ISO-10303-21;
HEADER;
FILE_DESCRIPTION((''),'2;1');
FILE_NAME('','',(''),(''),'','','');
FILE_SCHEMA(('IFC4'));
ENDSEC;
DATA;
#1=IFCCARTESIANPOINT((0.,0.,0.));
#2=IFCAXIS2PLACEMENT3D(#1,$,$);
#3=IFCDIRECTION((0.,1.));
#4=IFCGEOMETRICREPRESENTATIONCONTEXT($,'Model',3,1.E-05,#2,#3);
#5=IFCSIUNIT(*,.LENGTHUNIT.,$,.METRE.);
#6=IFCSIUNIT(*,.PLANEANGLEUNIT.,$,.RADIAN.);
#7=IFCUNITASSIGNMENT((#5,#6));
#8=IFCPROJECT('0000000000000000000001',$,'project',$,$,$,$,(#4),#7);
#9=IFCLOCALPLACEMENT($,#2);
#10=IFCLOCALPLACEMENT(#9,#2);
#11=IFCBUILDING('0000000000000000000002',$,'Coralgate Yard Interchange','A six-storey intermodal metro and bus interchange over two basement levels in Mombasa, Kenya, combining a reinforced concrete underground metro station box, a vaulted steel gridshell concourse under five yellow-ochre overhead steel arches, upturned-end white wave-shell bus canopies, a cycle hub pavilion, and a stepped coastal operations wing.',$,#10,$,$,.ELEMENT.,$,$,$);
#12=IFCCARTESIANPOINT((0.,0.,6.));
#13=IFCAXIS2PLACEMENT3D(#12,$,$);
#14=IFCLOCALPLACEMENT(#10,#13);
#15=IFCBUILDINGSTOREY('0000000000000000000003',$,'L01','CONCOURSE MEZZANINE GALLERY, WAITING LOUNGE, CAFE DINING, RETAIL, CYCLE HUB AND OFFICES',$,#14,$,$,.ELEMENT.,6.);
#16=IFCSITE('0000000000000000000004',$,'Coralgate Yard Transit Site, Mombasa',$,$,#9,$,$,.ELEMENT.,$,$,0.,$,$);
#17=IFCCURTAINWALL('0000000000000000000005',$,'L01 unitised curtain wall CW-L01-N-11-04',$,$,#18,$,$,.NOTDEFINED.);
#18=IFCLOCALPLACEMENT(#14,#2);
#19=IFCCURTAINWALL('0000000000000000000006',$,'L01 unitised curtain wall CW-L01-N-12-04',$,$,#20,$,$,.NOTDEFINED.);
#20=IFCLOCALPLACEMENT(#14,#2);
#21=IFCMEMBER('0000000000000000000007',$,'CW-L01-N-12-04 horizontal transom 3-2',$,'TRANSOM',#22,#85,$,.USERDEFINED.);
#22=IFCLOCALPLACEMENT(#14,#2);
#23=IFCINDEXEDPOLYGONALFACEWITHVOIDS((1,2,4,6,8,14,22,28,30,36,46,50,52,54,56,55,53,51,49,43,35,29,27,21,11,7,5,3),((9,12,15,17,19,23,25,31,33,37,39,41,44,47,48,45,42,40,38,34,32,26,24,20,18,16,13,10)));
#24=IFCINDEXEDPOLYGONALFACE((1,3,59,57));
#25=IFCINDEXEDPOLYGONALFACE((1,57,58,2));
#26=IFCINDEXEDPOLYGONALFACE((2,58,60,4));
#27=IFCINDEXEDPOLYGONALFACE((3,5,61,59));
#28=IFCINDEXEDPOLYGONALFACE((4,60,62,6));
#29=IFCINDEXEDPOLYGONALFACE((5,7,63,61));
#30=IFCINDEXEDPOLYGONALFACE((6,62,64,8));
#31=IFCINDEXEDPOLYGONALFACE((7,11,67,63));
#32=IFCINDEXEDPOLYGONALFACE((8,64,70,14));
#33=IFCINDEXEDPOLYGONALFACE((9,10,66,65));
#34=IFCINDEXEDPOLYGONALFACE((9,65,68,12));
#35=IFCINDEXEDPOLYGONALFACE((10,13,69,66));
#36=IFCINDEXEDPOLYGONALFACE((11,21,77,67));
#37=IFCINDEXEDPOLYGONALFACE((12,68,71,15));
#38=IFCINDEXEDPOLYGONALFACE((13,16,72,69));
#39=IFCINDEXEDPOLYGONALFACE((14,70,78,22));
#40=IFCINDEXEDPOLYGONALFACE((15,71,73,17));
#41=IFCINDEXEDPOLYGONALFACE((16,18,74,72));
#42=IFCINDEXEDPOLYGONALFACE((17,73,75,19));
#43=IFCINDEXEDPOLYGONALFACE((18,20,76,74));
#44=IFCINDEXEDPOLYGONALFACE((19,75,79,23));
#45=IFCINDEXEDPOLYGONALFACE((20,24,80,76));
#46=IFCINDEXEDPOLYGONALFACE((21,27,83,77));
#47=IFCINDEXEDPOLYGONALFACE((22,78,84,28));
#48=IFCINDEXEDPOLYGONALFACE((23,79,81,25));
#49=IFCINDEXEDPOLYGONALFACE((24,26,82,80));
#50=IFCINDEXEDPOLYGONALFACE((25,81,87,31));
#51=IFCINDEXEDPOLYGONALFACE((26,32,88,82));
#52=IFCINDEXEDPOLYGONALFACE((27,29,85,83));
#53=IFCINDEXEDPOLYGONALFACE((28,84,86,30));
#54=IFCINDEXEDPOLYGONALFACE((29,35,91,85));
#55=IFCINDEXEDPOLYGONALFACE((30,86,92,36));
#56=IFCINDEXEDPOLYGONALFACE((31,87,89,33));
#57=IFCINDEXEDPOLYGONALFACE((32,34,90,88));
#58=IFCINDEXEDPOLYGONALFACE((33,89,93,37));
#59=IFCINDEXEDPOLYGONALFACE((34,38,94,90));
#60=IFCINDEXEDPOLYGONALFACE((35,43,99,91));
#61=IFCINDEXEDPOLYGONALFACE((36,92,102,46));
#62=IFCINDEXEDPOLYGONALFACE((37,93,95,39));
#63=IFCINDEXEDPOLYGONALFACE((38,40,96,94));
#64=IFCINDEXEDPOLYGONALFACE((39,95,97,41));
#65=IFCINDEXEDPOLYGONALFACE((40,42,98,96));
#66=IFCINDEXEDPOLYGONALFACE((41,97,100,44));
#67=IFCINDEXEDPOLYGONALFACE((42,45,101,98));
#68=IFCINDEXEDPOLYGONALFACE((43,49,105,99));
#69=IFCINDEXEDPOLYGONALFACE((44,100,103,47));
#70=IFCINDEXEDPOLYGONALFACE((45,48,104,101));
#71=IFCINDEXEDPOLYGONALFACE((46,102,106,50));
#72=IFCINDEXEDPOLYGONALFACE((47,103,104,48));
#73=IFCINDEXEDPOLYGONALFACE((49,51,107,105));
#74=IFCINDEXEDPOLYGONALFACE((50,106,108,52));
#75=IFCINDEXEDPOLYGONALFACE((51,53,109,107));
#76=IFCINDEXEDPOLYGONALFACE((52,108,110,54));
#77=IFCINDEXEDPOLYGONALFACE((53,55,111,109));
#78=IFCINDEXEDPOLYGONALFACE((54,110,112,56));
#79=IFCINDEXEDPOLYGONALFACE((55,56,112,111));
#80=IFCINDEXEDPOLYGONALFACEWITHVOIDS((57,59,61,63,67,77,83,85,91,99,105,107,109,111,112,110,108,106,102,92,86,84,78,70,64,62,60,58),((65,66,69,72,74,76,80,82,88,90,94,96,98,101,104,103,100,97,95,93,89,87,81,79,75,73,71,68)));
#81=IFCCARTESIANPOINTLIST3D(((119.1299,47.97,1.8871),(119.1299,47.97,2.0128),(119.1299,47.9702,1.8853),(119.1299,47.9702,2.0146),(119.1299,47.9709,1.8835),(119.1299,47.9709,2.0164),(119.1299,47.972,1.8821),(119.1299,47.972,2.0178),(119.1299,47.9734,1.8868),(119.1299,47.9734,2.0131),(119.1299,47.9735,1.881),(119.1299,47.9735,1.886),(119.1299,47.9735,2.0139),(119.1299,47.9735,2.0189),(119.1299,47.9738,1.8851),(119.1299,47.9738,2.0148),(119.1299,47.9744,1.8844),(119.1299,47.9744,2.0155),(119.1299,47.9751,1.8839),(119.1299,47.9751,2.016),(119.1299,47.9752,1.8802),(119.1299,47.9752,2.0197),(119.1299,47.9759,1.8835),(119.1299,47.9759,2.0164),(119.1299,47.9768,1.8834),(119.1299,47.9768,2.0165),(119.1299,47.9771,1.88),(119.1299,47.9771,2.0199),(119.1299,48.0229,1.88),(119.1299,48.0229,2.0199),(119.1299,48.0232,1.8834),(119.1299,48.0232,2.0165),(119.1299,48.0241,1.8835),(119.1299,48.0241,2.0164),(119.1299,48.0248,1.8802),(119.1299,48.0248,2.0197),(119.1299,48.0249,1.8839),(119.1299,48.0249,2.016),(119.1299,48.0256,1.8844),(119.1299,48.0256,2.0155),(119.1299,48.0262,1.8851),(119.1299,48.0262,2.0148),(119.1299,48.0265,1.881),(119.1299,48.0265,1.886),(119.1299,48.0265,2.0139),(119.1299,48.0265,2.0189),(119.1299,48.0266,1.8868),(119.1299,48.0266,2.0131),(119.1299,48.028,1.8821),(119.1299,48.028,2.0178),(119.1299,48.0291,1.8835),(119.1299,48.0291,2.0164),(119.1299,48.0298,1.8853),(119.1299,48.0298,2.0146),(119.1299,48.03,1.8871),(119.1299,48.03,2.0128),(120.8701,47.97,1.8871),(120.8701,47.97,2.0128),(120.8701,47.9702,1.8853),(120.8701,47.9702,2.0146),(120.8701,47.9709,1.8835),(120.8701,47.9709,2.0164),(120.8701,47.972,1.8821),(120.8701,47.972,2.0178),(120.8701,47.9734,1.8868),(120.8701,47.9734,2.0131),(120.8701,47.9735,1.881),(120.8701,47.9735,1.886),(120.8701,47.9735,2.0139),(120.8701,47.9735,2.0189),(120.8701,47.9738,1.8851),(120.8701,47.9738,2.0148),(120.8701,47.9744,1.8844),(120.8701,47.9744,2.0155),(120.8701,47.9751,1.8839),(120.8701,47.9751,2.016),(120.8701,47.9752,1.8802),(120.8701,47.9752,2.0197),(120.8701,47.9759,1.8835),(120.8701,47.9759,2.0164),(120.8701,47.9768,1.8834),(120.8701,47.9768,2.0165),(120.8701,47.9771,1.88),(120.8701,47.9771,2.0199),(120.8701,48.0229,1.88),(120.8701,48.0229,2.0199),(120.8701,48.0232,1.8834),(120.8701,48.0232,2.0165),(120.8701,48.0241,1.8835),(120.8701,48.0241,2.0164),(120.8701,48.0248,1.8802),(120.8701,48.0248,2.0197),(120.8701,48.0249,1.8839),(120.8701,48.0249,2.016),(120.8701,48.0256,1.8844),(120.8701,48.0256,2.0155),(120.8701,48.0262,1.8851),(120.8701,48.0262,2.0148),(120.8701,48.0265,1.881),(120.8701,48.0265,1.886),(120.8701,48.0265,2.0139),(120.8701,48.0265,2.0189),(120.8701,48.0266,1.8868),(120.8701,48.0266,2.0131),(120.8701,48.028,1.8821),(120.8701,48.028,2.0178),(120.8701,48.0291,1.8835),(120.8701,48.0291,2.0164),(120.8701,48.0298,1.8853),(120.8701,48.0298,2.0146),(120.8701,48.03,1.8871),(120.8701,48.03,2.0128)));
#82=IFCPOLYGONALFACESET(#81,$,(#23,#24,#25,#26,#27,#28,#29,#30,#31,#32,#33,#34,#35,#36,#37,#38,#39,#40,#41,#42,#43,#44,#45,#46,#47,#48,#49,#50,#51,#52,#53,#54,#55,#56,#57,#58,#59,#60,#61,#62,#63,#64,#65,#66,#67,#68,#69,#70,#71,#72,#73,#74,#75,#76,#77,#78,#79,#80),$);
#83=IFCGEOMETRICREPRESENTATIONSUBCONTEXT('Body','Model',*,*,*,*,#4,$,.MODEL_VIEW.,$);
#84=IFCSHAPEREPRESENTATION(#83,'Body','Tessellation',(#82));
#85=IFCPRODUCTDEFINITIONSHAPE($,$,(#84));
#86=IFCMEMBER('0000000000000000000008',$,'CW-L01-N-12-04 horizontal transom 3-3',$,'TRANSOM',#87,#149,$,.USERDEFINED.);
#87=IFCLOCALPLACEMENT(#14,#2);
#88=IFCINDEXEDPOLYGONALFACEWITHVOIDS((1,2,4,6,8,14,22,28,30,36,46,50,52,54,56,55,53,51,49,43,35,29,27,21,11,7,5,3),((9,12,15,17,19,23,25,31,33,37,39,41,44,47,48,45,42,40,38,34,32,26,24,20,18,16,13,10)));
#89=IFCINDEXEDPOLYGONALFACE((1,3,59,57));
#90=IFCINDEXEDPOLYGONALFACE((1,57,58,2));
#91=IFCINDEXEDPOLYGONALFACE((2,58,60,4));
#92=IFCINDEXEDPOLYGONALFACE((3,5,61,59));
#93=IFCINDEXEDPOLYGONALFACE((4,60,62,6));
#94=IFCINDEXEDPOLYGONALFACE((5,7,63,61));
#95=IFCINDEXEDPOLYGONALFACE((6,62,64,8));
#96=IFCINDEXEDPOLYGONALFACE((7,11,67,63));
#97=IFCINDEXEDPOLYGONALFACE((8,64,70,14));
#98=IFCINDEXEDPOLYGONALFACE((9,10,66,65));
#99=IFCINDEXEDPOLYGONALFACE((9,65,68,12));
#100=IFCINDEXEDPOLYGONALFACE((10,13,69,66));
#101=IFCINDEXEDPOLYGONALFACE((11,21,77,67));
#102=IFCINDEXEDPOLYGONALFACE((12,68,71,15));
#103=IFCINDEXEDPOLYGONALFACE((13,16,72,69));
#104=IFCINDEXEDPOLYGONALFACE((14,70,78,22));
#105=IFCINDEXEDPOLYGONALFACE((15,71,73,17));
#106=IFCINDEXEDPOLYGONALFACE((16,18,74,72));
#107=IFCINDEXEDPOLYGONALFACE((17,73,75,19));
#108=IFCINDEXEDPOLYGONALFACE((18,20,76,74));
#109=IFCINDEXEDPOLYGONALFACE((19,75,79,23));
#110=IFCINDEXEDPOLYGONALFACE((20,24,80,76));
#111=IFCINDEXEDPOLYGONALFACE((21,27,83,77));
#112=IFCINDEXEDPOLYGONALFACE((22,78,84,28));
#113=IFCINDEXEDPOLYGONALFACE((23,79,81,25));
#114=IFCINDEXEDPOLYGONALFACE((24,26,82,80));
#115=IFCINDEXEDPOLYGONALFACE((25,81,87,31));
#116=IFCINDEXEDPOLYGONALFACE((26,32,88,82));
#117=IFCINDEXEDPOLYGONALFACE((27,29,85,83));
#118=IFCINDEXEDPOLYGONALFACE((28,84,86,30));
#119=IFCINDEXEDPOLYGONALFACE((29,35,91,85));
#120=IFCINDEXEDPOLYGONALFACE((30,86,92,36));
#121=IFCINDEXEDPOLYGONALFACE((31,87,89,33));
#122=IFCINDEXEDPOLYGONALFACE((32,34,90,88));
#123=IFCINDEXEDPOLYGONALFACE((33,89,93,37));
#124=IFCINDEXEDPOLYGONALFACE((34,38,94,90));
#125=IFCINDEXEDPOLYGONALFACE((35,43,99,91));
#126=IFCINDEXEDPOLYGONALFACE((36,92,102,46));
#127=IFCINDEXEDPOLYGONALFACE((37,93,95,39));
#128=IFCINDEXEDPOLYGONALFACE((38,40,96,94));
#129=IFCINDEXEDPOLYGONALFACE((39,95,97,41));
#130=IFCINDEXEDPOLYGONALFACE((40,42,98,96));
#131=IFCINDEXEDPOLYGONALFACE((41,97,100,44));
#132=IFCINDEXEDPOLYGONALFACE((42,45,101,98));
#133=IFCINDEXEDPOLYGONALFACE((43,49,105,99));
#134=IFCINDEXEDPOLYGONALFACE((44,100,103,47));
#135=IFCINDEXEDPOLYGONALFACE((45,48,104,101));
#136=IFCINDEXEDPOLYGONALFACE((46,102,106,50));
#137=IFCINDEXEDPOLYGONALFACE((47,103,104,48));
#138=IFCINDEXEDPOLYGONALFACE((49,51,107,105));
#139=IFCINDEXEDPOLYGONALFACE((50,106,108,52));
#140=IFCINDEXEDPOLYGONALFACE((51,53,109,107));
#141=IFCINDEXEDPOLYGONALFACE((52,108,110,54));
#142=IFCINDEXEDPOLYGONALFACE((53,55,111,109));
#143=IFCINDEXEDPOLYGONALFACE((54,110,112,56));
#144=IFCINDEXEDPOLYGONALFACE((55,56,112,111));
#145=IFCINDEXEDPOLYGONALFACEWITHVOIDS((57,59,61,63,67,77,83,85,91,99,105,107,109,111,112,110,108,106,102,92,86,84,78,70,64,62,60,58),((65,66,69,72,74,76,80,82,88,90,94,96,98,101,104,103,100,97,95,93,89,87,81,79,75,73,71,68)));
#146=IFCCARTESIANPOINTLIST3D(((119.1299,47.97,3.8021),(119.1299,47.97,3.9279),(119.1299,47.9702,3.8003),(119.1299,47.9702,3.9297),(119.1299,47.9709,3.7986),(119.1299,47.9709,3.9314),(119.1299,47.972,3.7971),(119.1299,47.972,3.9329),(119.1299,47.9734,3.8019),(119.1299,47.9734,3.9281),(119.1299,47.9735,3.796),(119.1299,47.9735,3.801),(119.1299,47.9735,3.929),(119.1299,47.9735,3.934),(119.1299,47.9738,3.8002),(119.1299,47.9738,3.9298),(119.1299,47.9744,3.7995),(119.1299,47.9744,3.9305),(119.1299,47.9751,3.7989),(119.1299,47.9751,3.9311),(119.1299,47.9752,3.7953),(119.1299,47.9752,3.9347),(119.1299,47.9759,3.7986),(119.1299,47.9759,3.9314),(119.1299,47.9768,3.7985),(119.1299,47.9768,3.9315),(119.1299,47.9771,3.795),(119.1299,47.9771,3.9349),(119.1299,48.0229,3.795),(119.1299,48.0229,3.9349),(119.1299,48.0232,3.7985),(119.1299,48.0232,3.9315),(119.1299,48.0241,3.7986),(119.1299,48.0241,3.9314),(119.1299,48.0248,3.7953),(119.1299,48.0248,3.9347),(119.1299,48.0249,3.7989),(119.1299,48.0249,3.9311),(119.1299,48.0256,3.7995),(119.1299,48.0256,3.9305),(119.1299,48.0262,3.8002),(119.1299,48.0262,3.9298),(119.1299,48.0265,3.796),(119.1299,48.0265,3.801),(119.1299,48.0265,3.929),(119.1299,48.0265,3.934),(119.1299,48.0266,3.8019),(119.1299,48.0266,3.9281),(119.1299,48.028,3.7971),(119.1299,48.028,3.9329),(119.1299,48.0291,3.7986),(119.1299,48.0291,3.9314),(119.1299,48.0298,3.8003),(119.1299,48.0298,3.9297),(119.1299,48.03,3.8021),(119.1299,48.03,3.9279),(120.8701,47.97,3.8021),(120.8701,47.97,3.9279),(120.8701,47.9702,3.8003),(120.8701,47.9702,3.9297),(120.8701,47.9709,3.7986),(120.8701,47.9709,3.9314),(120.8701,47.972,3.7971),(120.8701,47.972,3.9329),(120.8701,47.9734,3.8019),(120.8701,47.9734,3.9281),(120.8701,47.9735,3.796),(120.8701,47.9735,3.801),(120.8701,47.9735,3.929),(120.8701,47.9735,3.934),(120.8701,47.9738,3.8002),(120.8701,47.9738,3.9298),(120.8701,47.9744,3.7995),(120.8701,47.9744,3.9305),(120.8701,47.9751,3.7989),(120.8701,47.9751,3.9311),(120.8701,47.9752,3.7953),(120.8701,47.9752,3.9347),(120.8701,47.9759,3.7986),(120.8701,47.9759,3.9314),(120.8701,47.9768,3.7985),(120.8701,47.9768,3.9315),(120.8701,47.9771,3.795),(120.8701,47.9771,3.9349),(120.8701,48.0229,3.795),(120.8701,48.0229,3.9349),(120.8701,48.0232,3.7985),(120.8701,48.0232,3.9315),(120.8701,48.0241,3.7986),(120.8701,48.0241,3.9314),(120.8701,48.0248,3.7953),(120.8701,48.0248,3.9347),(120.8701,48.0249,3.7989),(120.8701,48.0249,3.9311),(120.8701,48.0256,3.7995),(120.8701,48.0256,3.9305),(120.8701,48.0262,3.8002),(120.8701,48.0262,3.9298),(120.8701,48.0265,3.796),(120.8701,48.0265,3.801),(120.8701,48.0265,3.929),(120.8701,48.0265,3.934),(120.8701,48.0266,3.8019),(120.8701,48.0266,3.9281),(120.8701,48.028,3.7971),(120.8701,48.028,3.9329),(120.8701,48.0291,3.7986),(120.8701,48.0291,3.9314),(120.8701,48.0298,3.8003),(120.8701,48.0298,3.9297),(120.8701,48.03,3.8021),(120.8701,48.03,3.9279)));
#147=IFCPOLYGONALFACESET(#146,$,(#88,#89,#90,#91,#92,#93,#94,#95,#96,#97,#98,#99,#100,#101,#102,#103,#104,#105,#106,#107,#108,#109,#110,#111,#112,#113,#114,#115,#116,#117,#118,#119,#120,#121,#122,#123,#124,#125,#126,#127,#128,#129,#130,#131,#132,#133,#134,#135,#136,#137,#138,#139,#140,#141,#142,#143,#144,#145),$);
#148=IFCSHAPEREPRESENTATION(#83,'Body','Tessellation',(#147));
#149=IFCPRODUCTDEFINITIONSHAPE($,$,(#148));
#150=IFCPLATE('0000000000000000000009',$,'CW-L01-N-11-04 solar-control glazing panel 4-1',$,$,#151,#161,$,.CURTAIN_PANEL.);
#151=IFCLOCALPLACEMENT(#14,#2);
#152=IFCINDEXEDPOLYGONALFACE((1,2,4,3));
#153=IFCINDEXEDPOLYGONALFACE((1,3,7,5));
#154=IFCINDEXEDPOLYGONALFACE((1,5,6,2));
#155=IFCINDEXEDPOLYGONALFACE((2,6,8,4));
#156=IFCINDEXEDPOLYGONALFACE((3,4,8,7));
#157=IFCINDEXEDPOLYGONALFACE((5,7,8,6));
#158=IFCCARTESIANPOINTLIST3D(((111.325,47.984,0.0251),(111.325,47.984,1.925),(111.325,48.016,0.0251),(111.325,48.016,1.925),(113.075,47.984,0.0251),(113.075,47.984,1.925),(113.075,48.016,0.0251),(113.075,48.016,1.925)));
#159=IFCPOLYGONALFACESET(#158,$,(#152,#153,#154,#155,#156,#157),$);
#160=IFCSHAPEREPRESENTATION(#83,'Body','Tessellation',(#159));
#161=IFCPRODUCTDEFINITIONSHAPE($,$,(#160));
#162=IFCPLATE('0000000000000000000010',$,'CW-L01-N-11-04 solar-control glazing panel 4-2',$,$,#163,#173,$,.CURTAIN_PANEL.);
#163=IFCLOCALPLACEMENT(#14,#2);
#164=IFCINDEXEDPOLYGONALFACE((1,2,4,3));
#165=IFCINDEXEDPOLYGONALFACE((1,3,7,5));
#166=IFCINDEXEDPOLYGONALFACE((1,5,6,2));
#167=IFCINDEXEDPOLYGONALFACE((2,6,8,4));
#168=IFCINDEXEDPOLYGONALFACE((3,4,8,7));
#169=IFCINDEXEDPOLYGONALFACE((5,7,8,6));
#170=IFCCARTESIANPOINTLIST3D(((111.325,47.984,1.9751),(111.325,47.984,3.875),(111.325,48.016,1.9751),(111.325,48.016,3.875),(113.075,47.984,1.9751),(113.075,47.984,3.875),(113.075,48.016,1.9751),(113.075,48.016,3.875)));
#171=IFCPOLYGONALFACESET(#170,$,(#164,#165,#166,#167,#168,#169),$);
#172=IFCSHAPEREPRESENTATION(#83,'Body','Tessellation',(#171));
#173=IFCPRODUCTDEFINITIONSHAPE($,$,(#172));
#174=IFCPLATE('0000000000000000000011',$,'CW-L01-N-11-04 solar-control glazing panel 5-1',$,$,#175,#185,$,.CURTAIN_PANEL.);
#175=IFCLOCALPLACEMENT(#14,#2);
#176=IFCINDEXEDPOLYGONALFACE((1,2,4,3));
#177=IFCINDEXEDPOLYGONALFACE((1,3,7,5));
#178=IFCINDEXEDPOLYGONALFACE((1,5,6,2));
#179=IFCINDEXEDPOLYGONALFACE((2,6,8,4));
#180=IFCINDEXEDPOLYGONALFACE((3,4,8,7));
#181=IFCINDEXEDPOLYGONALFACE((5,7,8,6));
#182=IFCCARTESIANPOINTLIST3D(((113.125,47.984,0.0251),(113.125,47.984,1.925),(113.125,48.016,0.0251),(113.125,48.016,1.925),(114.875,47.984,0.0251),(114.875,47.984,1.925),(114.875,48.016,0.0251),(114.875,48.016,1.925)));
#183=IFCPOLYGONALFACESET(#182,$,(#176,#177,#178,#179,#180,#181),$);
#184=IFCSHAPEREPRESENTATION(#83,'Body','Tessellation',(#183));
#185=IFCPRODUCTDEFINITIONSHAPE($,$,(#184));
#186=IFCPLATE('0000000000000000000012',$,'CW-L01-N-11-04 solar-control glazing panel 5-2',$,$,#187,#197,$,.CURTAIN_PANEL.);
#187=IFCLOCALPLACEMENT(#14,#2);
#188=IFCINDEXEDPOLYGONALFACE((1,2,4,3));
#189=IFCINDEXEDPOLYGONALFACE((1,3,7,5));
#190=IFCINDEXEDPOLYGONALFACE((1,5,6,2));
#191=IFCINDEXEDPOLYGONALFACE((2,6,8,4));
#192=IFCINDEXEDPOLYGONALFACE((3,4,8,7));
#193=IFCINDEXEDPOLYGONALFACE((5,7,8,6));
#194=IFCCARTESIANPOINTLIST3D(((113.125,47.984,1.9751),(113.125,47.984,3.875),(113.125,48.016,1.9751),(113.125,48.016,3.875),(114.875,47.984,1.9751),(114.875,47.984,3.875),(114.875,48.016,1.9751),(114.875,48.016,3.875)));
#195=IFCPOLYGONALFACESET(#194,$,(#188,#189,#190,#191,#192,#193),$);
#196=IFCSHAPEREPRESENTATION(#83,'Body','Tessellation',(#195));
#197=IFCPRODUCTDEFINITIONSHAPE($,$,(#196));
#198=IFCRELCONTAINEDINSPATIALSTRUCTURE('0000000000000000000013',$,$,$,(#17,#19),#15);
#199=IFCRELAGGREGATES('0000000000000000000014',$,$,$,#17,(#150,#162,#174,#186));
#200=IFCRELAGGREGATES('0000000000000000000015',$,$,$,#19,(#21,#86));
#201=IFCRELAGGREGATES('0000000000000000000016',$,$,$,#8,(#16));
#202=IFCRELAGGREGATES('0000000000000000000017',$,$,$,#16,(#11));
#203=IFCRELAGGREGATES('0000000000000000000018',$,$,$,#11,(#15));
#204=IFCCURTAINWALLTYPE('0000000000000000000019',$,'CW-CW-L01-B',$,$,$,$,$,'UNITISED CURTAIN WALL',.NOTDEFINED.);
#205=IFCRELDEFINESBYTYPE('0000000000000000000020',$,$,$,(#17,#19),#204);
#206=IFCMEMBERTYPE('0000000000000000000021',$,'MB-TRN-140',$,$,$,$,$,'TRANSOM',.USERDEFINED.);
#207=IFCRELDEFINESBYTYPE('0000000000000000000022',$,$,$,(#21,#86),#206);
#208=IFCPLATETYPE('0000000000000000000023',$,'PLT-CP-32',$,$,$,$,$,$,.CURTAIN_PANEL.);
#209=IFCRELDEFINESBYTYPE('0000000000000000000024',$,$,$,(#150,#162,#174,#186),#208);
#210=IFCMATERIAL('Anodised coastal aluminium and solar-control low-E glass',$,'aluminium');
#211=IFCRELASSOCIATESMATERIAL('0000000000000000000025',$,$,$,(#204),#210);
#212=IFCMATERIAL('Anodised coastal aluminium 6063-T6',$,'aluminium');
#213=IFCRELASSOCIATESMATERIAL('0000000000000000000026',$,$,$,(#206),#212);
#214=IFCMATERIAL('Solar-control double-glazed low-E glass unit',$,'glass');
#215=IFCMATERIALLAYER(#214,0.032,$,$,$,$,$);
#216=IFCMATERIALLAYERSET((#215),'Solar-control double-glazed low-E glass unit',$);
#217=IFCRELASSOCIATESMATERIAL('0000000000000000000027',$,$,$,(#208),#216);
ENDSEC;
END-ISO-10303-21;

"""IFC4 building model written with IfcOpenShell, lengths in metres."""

from ifc_helpers import new_model, si_unit, direction, frame, origin, origin_2d, place, context, subcontext, project, spatial, rectangle, hollow_rectangle, extrude, material, layer, layer_set, material_profile, profile_set, type_object, element, aggregate, save


model = new_model("IFC4")

# Units and contexts
model_context = context("Model", 3, precision=1e-05, world=origin(), true_north=direction((0.0, 1.0)))
body_context = subcontext(model_context, "Body", "Model", "MODEL_VIEW")
ifc_project = project(units=[si_unit("LENGTHUNIT", "METRE"), si_unit("PLANEANGLEUNIT", "RADIAN")], contexts=[model_context])

# Site, building, storey
site_placement = place(None, origin())
site = spatial("IfcSite", under=ifc_project, at=site_placement, Name="Coralgate Yard Transit Site, Mombasa", CompositionType="ELEMENT", RefElevation=0.0)
building_placement = place(site_placement, origin())
building = spatial("IfcBuilding", under=site, at=building_placement, Name="Coralgate Yard Interchange", Description="A six-storey intermodal metro and bus interchange over two basement levels in Mombasa, Kenya, combining a reinforced concrete underground metro station box, a vaulted steel gridshell concourse under five yellow-ochre overhead steel arches, upturned-end white wave-shell bus canopies, a cycle hub pavilion, and a stepped coastal operations wing.", CompositionType="ELEMENT")
storey_placement = place(building_placement, frame((0.0, 0.0, 6.0)))
storey = spatial("IfcBuildingStorey", under=building, at=storey_placement, Name="L01", Description="CONCOURSE MEZZANINE GALLERY, WAITING LOUNGE, CAFE DINING, RETAIL, CYCLE HUB AND OFFICES", CompositionType="ELEMENT", Elevation=6.0)

# Curtain walls
ifc_material_1 = material(Name="Anodised coastal aluminium and solar-control low-E glass", Category="aluminium")
curtain_wall_type = type_object("IfcCurtainWallType", Name="CW-CW-L01-B", ElementType="UNITISED CURTAIN WALL", PredefinedType="NOTDEFINED", material=ifc_material_1)
curtain_wall_1_placement = place(storey_placement, origin())
curtain_wall_1 = element("IfcCurtainWall", 1, at=curtain_wall_1_placement, inside=storey, type_object=curtain_wall_type, Name="L01 unitised curtain wall CW-L01-N-11-04", PredefinedType="NOTDEFINED")
ifc_material_2 = material(Name="Anodised coastal aluminium 6063-T6", Category="aluminium")
curtain_wall_2_placement = place(storey_placement, origin())
curtain_wall_2 = element("IfcCurtainWall", 2, at=curtain_wall_2_placement, inside=storey, type_object=curtain_wall_type, Name="L01 unitised curtain wall CW-L01-N-12-04", PredefinedType="NOTDEFINED")

# Members
ifc_material_profile_1 = material_profile(ifc_material_2, hollow_rectangle(XDim=0.0601, YDim=0.1399, WallThickness=0.0034, InnerFilletRadius=0.0034, OuterFilletRadius=0.0071, at=origin_2d()), Name="ALU 60x140x3.5")
ifc_profile_set_1 = profile_set([ifc_material_profile_1], Name="Anodised coastal aluminium 6063-T6")
member_type_1 = type_object("IfcMemberType", Name="MB-TRN-140", ElementType="TRANSOM", PredefinedType="USERDEFINED", material=ifc_profile_set_1)
member_1_placement = place(storey_placement, frame((119.1299, 48.0, 1.95), z_axis=(1.0, 0.0, 0.0), x_axis=(0.0, 1.0, 0.0)))
member_1 = element("IfcMember", 3, at=member_1_placement, type_object=member_type_1, Name="CW-L01-N-12-04 horizontal transom 3-2", ObjectType="TRANSOM", PredefinedType="USERDEFINED", context=body_context, shape_type="SweptSolid", body=[
    extrude(hollow_rectangle(XDim=0.0601, YDim=0.1399, WallThickness=0.0034, InnerFilletRadius=0.0034, OuterFilletRadius=0.0071, at=origin_2d()), origin(), (0.0, 0.0, 1.0), 1.7402),
])
member_2_placement = place(storey_placement, frame((119.1299, 48.0, 3.865), z_axis=(1.0, 0.0, 0.0), x_axis=(0.0, 1.0, 0.0)))
member_2 = element("IfcMember", 4, at=member_2_placement, type_object=member_type_1, Name="CW-L01-N-12-04 horizontal transom 3-3", ObjectType="TRANSOM", PredefinedType="USERDEFINED", context=body_context, shape_type="SweptSolid", body=[
    extrude(hollow_rectangle(XDim=0.0601, YDim=0.1399, WallThickness=0.0034, InnerFilletRadius=0.0034, OuterFilletRadius=0.0071, at=origin_2d()), origin(), (0.0, 0.0, 1.0), 1.7402),
])

# Plates
ifc_material_3 = material(Name="Solar-control double-glazed low-E glass unit", Category="glass")
ifc_layer = layer(ifc_material_3, 0.032)
ifc_layer_set = layer_set([ifc_layer], Name="Solar-control double-glazed low-E glass unit")
plate_type = type_object("IfcPlateType", Name="PLT-CP-32", PredefinedType="CURTAIN_PANEL", material=ifc_layer_set)
plate_1_placement = place(storey_placement, frame((112.2, 48.0, 0.0251), z_axis=(0.0, 0.0, 1.0), x_axis=(1.0, 0.0, 0.0)))
plate_1 = element("IfcPlate", 5, at=plate_1_placement, type_object=plate_type, Name="CW-L01-N-11-04 solar-control glazing panel 4-1", PredefinedType="CURTAIN_PANEL", context=body_context, shape_type="SweptSolid", body=[
    extrude(rectangle(XDim=1.75, YDim=0.032, at=origin_2d()), origin(), (0.0, 0.0, 1.0), 1.8999),
])
plate_2_placement = place(storey_placement, frame((112.2, 48.0, 1.9751), z_axis=(0.0, 0.0, 1.0), x_axis=(1.0, 0.0, 0.0)))
plate_2 = element("IfcPlate", 6, at=plate_2_placement, type_object=plate_type, Name="CW-L01-N-11-04 solar-control glazing panel 4-2", PredefinedType="CURTAIN_PANEL", context=body_context, shape_type="SweptSolid", body=[
    extrude(rectangle(XDim=1.75, YDim=0.032, at=origin_2d()), origin(), (0.0, 0.0, 1.0), 1.8999),
])
plate_3_placement = place(storey_placement, frame((114.0, 48.0, 0.0251), z_axis=(0.0, 0.0, 1.0), x_axis=(1.0, 0.0, 0.0)))
plate_3 = element("IfcPlate", 7, at=plate_3_placement, type_object=plate_type, Name="CW-L01-N-11-04 solar-control glazing panel 5-1", PredefinedType="CURTAIN_PANEL", context=body_context, shape_type="SweptSolid", body=[
    extrude(rectangle(XDim=1.75, YDim=0.032, at=origin_2d()), origin(), (0.0, 0.0, 1.0), 1.8999),
])
plate_4_placement = place(storey_placement, frame((114.0, 48.0, 1.9751), z_axis=(0.0, 0.0, 1.0), x_axis=(1.0, 0.0, 0.0)))
plate_4 = element("IfcPlate", 8, at=plate_4_placement, type_object=plate_type, Name="CW-L01-N-11-04 solar-control glazing panel 5-2", PredefinedType="CURTAIN_PANEL", context=body_context, shape_type="SweptSolid", body=[
    extrude(rectangle(XDim=1.75, YDim=0.032, at=origin_2d()), origin(), (0.0, 0.0, 1.0), 1.8999),
])
aggregate(curtain_wall_1, [plate_1, plate_2, plate_3, plate_4])
aggregate(curtain_wall_2, [member_1, member_2])

save(model, "model.ifc")
